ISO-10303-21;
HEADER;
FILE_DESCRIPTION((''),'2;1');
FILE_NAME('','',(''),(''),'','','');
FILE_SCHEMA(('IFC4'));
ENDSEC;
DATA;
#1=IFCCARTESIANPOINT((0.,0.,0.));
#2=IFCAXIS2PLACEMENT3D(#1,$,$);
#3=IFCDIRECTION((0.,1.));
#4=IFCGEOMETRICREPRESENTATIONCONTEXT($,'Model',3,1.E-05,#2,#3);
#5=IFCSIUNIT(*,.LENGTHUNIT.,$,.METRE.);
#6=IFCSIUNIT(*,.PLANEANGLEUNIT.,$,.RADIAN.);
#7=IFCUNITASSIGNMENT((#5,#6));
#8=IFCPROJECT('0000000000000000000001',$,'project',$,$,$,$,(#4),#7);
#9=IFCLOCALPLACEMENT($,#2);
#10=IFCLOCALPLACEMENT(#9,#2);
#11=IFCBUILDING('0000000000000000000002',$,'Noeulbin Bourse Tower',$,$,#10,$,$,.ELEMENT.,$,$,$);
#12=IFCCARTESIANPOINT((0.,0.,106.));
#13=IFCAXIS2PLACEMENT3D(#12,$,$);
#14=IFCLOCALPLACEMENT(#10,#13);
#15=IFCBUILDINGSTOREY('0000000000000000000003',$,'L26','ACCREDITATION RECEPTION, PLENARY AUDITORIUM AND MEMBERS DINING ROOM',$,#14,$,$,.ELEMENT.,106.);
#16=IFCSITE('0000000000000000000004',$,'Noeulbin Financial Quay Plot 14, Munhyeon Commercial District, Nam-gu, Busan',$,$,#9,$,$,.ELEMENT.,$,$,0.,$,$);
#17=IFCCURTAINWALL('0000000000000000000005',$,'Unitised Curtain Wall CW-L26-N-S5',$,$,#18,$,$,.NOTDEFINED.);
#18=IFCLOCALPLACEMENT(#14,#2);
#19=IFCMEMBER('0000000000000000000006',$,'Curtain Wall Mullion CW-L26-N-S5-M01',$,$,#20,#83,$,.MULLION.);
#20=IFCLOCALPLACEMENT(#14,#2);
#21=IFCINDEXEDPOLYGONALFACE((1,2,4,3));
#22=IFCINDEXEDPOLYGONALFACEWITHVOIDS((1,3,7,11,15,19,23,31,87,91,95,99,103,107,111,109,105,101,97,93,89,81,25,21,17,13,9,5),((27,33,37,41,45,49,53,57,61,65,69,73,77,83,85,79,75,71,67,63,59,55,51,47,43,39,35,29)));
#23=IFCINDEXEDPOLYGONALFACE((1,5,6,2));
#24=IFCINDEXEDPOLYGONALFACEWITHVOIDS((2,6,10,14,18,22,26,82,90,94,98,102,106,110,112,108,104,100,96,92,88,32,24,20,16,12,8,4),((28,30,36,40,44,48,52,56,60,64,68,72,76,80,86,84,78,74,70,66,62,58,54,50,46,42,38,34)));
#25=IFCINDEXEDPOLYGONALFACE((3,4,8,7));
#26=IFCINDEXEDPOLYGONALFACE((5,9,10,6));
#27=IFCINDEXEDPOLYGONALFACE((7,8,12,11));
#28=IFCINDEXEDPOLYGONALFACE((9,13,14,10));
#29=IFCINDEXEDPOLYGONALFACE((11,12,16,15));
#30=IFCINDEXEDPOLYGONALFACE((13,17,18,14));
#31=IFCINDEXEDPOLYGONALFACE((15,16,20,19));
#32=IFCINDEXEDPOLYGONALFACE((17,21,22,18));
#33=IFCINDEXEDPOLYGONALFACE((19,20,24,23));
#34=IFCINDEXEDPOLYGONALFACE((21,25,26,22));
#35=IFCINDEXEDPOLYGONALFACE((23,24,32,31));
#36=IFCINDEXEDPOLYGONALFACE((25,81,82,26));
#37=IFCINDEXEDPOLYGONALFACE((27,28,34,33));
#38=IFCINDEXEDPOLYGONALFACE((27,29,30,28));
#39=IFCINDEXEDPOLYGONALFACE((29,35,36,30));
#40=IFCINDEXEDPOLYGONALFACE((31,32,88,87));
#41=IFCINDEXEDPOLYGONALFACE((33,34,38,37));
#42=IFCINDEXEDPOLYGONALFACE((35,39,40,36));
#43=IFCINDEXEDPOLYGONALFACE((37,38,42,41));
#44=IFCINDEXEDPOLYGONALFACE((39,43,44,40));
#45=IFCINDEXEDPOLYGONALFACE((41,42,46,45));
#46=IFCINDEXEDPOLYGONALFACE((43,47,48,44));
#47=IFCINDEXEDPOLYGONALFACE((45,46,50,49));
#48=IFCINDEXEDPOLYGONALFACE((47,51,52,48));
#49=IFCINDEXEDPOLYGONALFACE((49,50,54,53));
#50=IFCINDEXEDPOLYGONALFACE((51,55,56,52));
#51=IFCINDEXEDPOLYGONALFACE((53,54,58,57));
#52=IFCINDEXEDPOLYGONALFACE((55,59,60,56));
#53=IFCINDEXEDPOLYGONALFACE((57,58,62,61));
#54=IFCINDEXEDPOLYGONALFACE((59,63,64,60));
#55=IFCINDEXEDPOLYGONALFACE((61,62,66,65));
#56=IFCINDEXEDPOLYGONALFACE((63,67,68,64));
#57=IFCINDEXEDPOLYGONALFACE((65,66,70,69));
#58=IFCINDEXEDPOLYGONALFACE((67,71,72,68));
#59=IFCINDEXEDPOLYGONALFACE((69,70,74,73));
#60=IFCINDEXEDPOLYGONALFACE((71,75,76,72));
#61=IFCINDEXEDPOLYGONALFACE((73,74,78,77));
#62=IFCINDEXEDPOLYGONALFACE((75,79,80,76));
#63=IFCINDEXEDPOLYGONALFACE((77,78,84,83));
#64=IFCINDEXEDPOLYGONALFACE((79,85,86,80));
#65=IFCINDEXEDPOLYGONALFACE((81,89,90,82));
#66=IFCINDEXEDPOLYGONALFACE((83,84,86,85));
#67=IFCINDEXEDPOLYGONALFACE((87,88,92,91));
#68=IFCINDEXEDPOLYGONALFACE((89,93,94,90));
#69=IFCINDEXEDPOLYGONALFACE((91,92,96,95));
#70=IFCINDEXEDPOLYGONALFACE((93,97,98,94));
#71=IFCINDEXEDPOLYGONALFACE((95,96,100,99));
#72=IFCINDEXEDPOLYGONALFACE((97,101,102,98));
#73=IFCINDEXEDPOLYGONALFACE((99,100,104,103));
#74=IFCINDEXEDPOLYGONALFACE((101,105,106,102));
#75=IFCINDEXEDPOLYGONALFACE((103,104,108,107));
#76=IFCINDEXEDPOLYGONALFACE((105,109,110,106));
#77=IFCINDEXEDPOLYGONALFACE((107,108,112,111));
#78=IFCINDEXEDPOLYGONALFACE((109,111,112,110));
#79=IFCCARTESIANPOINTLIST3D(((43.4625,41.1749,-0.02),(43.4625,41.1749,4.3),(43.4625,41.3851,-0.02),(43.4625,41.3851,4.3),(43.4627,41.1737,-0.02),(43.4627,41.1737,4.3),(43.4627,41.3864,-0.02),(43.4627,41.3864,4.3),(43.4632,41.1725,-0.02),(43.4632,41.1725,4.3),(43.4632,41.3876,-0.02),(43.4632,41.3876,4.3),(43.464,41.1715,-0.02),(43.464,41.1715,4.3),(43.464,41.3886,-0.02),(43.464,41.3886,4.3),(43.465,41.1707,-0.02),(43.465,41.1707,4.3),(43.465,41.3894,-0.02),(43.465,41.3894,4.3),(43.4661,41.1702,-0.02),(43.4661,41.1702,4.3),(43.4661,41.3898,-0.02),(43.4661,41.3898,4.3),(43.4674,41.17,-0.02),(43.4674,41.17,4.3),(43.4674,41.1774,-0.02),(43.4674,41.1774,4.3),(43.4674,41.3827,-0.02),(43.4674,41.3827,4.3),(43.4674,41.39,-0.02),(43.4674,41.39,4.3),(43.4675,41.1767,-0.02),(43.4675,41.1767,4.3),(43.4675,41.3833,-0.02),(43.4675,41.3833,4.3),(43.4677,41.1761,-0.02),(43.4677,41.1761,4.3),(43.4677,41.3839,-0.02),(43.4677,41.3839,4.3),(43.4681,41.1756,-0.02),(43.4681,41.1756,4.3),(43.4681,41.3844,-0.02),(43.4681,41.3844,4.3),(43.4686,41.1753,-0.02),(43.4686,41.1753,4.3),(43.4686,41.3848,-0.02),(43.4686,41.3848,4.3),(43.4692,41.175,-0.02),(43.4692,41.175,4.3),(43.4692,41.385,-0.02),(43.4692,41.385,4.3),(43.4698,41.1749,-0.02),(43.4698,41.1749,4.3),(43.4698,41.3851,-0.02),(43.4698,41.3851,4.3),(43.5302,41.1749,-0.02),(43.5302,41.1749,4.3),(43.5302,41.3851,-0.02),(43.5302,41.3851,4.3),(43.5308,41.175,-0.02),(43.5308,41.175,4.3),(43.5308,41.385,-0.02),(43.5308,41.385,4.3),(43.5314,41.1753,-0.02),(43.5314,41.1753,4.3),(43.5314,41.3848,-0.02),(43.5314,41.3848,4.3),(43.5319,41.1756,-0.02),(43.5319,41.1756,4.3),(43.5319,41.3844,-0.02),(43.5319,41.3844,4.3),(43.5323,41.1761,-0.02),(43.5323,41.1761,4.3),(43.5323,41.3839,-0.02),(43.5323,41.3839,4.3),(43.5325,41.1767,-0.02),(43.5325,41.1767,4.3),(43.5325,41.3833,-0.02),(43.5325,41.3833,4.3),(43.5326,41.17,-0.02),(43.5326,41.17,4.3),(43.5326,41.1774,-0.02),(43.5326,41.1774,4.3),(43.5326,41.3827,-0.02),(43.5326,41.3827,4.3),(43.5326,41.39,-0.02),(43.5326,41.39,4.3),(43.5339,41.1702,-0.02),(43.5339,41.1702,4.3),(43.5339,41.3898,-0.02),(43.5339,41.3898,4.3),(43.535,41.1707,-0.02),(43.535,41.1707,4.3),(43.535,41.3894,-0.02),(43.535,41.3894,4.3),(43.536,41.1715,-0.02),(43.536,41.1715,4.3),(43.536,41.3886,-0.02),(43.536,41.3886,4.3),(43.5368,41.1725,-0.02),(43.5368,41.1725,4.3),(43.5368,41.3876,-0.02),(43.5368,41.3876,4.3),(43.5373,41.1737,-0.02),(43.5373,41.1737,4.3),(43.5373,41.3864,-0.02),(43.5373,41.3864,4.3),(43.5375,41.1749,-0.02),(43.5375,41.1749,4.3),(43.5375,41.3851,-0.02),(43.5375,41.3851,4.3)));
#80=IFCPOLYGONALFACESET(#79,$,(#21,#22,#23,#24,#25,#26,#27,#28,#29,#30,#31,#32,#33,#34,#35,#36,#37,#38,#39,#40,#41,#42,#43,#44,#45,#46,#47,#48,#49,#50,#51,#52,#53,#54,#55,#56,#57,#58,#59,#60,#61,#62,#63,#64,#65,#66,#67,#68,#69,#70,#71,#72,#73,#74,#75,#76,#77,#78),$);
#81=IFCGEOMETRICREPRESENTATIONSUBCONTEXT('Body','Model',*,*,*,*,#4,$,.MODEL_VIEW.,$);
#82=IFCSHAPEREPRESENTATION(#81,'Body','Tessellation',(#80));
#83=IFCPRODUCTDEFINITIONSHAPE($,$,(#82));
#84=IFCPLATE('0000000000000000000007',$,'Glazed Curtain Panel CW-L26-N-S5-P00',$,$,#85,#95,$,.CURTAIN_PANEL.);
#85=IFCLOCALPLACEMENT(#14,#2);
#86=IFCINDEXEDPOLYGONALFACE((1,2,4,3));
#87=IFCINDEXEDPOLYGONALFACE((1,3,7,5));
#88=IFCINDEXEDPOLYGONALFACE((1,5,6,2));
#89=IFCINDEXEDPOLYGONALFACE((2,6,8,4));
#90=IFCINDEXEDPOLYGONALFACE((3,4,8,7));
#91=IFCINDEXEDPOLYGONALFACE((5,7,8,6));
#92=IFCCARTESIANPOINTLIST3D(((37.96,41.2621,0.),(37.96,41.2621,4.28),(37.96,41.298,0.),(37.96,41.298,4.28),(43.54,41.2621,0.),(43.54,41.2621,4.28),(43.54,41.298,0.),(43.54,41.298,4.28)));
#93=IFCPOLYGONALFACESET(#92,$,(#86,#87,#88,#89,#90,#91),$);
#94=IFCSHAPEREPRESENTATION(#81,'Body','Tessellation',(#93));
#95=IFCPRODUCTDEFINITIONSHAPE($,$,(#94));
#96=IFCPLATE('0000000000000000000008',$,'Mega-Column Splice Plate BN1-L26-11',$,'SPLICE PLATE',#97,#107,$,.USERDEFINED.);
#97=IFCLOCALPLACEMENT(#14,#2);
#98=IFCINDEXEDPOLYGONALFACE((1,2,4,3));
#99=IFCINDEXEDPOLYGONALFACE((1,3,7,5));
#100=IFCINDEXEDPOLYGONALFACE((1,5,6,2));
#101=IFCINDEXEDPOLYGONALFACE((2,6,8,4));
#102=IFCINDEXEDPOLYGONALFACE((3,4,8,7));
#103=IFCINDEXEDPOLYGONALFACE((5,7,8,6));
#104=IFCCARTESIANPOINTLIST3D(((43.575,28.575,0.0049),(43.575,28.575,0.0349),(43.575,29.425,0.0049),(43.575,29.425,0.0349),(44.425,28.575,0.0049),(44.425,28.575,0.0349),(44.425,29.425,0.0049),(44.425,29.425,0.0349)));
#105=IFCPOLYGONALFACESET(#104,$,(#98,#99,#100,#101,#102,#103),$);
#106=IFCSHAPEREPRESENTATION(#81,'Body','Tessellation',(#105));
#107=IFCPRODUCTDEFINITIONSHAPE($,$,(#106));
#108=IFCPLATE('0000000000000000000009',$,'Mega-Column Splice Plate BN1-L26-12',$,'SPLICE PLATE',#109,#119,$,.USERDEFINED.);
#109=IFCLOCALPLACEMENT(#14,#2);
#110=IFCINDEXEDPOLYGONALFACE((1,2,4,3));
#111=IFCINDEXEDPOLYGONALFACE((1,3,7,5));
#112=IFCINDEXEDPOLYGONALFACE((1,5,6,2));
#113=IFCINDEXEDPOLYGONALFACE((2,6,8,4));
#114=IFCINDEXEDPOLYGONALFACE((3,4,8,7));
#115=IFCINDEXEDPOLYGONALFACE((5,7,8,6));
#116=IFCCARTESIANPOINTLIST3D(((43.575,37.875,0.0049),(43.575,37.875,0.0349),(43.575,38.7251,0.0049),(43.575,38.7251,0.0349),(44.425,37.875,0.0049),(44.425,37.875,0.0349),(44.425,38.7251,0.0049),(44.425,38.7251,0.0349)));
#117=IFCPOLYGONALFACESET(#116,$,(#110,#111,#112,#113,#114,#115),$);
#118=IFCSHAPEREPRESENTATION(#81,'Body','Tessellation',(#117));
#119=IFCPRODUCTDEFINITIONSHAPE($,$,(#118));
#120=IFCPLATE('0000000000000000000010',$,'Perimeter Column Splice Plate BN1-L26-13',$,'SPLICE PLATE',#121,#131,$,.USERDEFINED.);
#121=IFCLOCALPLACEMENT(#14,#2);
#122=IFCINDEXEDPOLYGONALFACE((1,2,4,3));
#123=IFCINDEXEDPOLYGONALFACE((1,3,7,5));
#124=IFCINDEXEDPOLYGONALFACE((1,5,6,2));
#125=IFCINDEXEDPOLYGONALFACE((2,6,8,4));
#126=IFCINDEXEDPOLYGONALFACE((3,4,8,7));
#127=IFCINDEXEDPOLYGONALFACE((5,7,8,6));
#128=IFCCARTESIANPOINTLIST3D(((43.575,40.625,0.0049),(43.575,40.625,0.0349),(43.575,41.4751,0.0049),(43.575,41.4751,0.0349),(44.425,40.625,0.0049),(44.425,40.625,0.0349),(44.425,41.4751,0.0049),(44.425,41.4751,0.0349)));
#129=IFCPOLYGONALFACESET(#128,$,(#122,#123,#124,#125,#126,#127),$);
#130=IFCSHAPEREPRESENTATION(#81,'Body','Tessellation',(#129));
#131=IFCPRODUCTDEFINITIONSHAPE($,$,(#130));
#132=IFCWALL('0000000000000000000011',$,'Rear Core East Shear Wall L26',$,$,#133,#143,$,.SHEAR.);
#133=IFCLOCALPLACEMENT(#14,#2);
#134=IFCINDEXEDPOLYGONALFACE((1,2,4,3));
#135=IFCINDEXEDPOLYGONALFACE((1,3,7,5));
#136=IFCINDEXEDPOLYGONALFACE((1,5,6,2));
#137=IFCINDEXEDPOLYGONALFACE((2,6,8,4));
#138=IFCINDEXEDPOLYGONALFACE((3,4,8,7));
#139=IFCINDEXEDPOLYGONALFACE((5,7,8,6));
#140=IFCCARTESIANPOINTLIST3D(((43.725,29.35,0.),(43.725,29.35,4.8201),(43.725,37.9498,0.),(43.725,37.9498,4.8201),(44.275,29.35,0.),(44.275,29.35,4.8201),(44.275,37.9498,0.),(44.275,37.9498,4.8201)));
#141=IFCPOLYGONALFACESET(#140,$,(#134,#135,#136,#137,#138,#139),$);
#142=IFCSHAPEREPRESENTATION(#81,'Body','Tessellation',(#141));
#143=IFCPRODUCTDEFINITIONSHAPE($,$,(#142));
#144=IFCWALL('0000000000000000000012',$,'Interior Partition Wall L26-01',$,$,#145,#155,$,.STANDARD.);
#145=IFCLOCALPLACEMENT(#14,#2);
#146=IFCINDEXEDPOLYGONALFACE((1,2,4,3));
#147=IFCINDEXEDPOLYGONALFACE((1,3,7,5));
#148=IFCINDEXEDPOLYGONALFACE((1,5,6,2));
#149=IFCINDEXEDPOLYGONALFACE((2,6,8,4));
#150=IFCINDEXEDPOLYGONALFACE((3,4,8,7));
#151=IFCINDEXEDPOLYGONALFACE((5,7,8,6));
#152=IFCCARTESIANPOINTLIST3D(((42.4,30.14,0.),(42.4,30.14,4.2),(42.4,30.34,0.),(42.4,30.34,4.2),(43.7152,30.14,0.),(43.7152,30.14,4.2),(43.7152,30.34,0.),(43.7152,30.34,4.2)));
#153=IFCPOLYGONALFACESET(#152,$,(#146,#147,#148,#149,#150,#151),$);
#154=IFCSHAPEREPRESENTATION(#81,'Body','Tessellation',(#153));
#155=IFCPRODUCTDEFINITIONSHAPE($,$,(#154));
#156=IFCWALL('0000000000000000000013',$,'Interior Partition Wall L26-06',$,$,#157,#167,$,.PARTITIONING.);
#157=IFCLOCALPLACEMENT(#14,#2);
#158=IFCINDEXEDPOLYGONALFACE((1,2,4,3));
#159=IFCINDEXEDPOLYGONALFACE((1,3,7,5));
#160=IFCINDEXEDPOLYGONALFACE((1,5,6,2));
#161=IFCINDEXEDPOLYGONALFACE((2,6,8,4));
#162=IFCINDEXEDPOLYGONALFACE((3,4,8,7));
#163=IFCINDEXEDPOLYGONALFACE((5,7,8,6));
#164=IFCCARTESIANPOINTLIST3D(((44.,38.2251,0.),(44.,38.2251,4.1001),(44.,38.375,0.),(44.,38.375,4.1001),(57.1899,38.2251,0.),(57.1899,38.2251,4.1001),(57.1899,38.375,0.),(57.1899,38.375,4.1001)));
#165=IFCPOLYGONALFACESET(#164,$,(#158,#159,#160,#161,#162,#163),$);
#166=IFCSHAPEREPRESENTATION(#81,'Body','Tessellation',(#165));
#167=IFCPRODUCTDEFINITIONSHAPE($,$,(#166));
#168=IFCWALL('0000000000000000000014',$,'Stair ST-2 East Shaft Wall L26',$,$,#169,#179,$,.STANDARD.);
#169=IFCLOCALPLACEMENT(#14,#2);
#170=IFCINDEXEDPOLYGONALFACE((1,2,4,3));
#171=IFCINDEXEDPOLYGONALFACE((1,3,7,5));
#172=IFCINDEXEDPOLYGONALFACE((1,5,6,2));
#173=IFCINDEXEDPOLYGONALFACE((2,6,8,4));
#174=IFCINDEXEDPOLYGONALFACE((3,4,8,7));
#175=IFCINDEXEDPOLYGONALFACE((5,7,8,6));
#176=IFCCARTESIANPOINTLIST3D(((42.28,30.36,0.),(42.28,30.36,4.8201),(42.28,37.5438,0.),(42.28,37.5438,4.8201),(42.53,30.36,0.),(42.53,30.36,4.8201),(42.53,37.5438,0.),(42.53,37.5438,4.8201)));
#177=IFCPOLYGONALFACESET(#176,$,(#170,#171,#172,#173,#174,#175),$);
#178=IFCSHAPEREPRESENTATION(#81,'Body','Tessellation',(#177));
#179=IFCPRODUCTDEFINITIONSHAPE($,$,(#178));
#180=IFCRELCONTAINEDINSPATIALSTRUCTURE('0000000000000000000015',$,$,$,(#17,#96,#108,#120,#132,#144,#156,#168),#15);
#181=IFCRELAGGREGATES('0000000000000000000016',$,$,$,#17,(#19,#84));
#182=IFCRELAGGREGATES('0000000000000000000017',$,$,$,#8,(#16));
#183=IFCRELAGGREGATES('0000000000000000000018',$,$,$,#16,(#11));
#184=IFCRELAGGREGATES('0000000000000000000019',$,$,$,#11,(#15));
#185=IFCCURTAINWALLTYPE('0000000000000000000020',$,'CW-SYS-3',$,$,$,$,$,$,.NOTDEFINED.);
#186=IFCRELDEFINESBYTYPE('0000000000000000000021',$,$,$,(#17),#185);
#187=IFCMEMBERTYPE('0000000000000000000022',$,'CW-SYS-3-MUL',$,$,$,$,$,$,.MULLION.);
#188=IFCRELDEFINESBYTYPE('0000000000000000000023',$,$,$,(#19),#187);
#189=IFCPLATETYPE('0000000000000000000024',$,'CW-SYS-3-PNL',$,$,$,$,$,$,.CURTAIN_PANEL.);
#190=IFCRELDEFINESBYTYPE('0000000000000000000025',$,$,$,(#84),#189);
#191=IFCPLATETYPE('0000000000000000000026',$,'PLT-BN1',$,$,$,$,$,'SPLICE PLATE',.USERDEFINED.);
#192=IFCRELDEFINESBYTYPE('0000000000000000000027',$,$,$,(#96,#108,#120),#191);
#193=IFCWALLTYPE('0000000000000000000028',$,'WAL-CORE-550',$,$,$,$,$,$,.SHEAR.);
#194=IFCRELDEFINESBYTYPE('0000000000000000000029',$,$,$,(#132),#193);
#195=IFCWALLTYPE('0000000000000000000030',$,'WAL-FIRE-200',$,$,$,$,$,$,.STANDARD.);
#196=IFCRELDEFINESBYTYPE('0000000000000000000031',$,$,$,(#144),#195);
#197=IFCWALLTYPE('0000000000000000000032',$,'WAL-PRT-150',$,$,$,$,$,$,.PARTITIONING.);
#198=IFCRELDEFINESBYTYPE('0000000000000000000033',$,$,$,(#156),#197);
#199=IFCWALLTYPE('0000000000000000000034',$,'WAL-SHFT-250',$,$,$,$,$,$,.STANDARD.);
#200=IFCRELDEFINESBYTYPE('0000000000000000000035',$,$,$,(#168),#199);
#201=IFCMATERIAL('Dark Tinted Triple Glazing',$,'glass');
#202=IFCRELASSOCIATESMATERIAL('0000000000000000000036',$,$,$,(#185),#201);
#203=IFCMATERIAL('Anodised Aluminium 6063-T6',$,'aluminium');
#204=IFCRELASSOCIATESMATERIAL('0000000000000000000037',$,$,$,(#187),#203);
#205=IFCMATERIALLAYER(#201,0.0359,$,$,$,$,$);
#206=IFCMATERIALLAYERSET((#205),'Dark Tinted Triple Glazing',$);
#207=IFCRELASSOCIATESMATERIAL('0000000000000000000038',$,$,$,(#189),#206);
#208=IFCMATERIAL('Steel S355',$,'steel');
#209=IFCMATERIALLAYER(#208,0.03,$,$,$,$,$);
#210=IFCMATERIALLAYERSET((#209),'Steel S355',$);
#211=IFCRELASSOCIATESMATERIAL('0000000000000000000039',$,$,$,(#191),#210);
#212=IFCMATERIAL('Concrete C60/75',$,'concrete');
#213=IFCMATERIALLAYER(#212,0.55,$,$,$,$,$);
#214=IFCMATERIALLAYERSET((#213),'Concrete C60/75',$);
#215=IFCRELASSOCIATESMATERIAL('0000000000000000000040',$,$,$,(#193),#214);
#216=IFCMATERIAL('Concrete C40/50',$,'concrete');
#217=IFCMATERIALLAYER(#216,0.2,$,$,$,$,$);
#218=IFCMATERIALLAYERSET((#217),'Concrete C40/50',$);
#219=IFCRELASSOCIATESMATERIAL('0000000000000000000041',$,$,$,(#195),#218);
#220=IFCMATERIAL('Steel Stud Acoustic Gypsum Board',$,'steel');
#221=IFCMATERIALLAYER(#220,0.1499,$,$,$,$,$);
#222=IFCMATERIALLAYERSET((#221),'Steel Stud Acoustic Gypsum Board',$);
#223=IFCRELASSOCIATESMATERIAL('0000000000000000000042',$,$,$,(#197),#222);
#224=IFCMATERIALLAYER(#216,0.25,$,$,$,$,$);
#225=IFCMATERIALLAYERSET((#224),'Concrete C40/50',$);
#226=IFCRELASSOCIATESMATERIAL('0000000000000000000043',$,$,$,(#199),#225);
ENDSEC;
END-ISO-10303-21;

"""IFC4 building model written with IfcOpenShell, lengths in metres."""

from ifc_helpers import new_model, si_unit, direction, frame, frame_2d, origin, origin_2d, place, context, subcontext, project, spatial, rectangle, hollow_rectangle, extrude, material, layer, layer_set, material_profile, profile_set, type_object, element, aggregate, save


model = new_model("IFC4")

# Units and contexts
model_context = context("Model", 3, precision=1e-05, world=origin(), true_north=direction((0.0, 1.0)))
body_context = subcontext(model_context, "Body", "Model", "MODEL_VIEW")
ifc_project = project(units=[si_unit("LENGTHUNIT", "METRE"), si_unit("PLANEANGLEUNIT", "RADIAN")], contexts=[model_context])

# Site, building, storey
site_placement = place(None, origin())
site = spatial("IfcSite", under=ifc_project, at=site_placement, Name="Noeulbin Financial Quay Plot 14, Munhyeon Commercial District, Nam-gu, Busan", CompositionType="ELEMENT", RefElevation=0.0)
building_placement = place(site_placement, origin())
building = spatial("IfcBuilding", under=site, at=building_placement, Name="Noeulbin Bourse Tower", CompositionType="ELEMENT")
storey_placement = place(building_placement, frame((0.0, 0.0, 106.0)))
storey = spatial("IfcBuildingStorey", under=building, at=storey_placement, Name="L26", Description="ACCREDITATION RECEPTION, PLENARY AUDITORIUM AND MEMBERS DINING ROOM", CompositionType="ELEMENT", Elevation=106.0)

# Shared definitions
ifc_material_1 = material(Name="Steel S355", Category="steel")

# Curtain wall, member, plate
ifc_material_2 = material(Name="Dark Tinted Triple Glazing", Category="glass")
curtain_wall_type = type_object("IfcCurtainWallType", Name="CW-SYS-3", PredefinedType="NOTDEFINED", material=ifc_material_2)
curtain_wall_placement = place(storey_placement, origin())
curtain_wall = element("IfcCurtainWall", 1, at=curtain_wall_placement, inside=storey, type_object=curtain_wall_type, Name="Unitised Curtain Wall CW-L26-N-S5", PredefinedType="NOTDEFINED")
ifc_material_3 = material(Name="Anodised Aluminium 6063-T6", Category="aluminium")
ifc_material_profile_1 = material_profile(ifc_material_3, hollow_rectangle(XDim=0.075, YDim=0.22, WallThickness=0.0049, InnerFilletRadius=0.0024, OuterFilletRadius=0.0049, at=origin_2d()), Name="ALU-MULL-75x220x5", Category="LoadBearing")
ifc_profile_set_1 = profile_set([ifc_material_profile_1], Name="Anodised Aluminium 6063-T6")
member_type = type_object("IfcMemberType", Name="CW-SYS-3-MUL", PredefinedType="MULLION", material=ifc_profile_set_1)
member_placement = place(storey_placement, frame((43.5, 41.28, -0.02), z_axis=(0.0, 0.0, 1.0), x_axis=(1.0, 0.0, 0.0)))
member = element("IfcMember", 2, at=member_placement, type_object=member_type, Name="Curtain Wall Mullion CW-L26-N-S5-M01", PredefinedType="MULLION", context=body_context, shape_type="SweptSolid", body=[
    extrude(hollow_rectangle(XDim=0.075, YDim=0.22, WallThickness=0.0049, InnerFilletRadius=0.0024, OuterFilletRadius=0.0049, at=origin_2d()), origin(), (0.0, 0.0, 1.0), 4.3201),
])
ifc_layer_1 = layer(ifc_material_2, 0.0359)
ifc_layer_set_1 = layer_set([ifc_layer_1], Name="Dark Tinted Triple Glazing")
plate_type_1 = type_object("IfcPlateType", Name="CW-SYS-3-PNL", PredefinedType="CURTAIN_PANEL", material=ifc_layer_set_1)
plate_placement = place(storey_placement, frame((40.75, 41.28, 0.0), z_axis=(0.0, 0.0, 1.0), x_axis=(1.0, 0.0, 0.0)))
plate = element("IfcPlate", 3, at=plate_placement, type_object=plate_type_1, Name="Glazed Curtain Panel CW-L26-N-S5-P00", PredefinedType="CURTAIN_PANEL", context=body_context, shape_type="SweptSolid", body=[
    extrude(rectangle(XDim=5.5801, YDim=0.0359, at=origin_2d()), origin(), (0.0, 0.0, 1.0), 4.28),
])
aggregate(curtain_wall, [member, plate])

# Plates
ifc_layer_2 = layer(ifc_material_1, 0.03)
ifc_layer_set_2 = layer_set([ifc_layer_2], Name="Steel S355")
plate_type_2 = type_object("IfcPlateType", Name="PLT-BN1", ElementType="SPLICE PLATE", PredefinedType="USERDEFINED", material=ifc_layer_set_2)
for number, where, z_axis, x_axis, name in (
    (4, (44.0, 29.0, 0.0049), (0.0, 0.0, 1.0), (1.0, 0.0, 0.0), "Mega-Column Splice Plate BN1-L26-11"),
    (5, (44.0, 38.3, 0.0049), (0.0, 0.0, 1.0), (1.0, 0.0, 0.0), "Mega-Column Splice Plate BN1-L26-12"),
    (6, (44.0, 41.05, 0.0049), (0.0, 0.0, 1.0), (1.0, 0.0, 0.0), "Perimeter Column Splice Plate BN1-L26-13"),
):
    element("IfcPlate", number, at=place(storey_placement, frame(where, z_axis=z_axis, x_axis=x_axis)), inside=storey, type_object=plate_type_2, Name=name, ObjectType="SPLICE PLATE", PredefinedType="USERDEFINED", context=body_context, shape_type="SweptSolid", body=[
        extrude(rectangle(XDim=0.8501, YDim=0.8501, at=origin_2d()), origin(), (0.0, 0.0, 1.0), 0.03),
    ])

# Walls
ifc_material_4 = material(Name="Concrete C60/75", Category="concrete")
ifc_layer_3 = layer(ifc_material_4, 0.55)
ifc_layer_set_3 = layer_set([ifc_layer_3], Name="Concrete C60/75")
wall_type_1 = type_object("IfcWallType", Name="WAL-CORE-550", PredefinedType="SHEAR", material=ifc_layer_set_3)
wall_1_placement = place(storey_placement, frame((44.0, 29.3501, 0.0), z_axis=(0.0, 0.0, 1.0), x_axis=(0.0, 1.0, 0.0)))
element("IfcWall", 7, at=wall_1_placement, inside=storey, type_object=wall_type_1, Name="Rear Core East Shear Wall L26", PredefinedType="SHEAR", context=body_context, shape_type="SweptSolid", body=[
    extrude(rectangle(XDim=8.5999, YDim=0.55, at=frame_2d((4.2998, 0.0))), origin(), (0.0, 0.0, 1.0), 4.8201),
])
ifc_material_5 = material(Name="Concrete C40/50", Category="concrete")
ifc_layer_4 = layer(ifc_material_5, 0.2)
ifc_layer_set_4 = layer_set([ifc_layer_4], Name="Concrete C40/50")
wall_type_2 = type_object("IfcWallType", Name="WAL-FIRE-200", PredefinedType="STANDARD", material=ifc_layer_set_4)
wall_2_placement = place(storey_placement, frame((42.3999, 30.24, 0.0), z_axis=(0.0, 0.0, 1.0), x_axis=(1.0, 0.0, 0.0)))
element("IfcWall", 8, at=wall_2_placement, inside=storey, type_object=wall_type_2, Name="Interior Partition Wall L26-01", PredefinedType="STANDARD", context=body_context, shape_type="SweptSolid", body=[
    extrude(rectangle(XDim=1.3152, YDim=0.2, at=frame_2d((0.6577, 0.0))), origin(), (0.0, 0.0, 1.0), 4.2),
])
ifc_material_6 = material(Name="Steel Stud Acoustic Gypsum Board", Category="steel")
ifc_layer_5 = layer(ifc_material_6, 0.1499)
ifc_layer_set_5 = layer_set([ifc_layer_5], Name="Steel Stud Acoustic Gypsum Board")
wall_type_3 = type_object("IfcWallType", Name="WAL-PRT-150", PredefinedType="PARTITIONING", material=ifc_layer_set_5)
wall_3_placement = place(storey_placement, frame((44.0, 38.3, 0.0), z_axis=(0.0, 0.0, 1.0), x_axis=(1.0, 0.0, 0.0)))
element("IfcWall", 9, at=wall_3_placement, inside=storey, type_object=wall_type_3, Name="Interior Partition Wall L26-06", PredefinedType="PARTITIONING", context=body_context, shape_type="SweptSolid", body=[
    extrude(rectangle(XDim=13.1899, YDim=0.1499, at=frame_2d((6.595, 0.0))), origin(), (0.0, 0.0, 1.0), 4.1001),
])
ifc_layer_6 = layer(ifc_material_5, 0.25)
ifc_layer_set_6 = layer_set([ifc_layer_6], Name="Concrete C40/50")
wall_type_4 = type_object("IfcWallType", Name="WAL-SHFT-250", PredefinedType="STANDARD", material=ifc_layer_set_6)
wall_4_placement = place(storey_placement, frame((42.405, 30.3601, 0.0), z_axis=(0.0, 0.0, 1.0), x_axis=(0.0, 1.0, 0.0)))
element("IfcWall", 10, at=wall_4_placement, inside=storey, type_object=wall_type_4, Name="Stair ST-2 East Shaft Wall L26", PredefinedType="STANDARD", context=body_context, shape_type="SweptSolid", body=[
    extrude(rectangle(XDim=7.1838, YDim=0.25, at=frame_2d((3.5918, 0.0))), origin(), (0.0, 0.0, 1.0), 4.8201),
])

save(model, "model.ifc")
